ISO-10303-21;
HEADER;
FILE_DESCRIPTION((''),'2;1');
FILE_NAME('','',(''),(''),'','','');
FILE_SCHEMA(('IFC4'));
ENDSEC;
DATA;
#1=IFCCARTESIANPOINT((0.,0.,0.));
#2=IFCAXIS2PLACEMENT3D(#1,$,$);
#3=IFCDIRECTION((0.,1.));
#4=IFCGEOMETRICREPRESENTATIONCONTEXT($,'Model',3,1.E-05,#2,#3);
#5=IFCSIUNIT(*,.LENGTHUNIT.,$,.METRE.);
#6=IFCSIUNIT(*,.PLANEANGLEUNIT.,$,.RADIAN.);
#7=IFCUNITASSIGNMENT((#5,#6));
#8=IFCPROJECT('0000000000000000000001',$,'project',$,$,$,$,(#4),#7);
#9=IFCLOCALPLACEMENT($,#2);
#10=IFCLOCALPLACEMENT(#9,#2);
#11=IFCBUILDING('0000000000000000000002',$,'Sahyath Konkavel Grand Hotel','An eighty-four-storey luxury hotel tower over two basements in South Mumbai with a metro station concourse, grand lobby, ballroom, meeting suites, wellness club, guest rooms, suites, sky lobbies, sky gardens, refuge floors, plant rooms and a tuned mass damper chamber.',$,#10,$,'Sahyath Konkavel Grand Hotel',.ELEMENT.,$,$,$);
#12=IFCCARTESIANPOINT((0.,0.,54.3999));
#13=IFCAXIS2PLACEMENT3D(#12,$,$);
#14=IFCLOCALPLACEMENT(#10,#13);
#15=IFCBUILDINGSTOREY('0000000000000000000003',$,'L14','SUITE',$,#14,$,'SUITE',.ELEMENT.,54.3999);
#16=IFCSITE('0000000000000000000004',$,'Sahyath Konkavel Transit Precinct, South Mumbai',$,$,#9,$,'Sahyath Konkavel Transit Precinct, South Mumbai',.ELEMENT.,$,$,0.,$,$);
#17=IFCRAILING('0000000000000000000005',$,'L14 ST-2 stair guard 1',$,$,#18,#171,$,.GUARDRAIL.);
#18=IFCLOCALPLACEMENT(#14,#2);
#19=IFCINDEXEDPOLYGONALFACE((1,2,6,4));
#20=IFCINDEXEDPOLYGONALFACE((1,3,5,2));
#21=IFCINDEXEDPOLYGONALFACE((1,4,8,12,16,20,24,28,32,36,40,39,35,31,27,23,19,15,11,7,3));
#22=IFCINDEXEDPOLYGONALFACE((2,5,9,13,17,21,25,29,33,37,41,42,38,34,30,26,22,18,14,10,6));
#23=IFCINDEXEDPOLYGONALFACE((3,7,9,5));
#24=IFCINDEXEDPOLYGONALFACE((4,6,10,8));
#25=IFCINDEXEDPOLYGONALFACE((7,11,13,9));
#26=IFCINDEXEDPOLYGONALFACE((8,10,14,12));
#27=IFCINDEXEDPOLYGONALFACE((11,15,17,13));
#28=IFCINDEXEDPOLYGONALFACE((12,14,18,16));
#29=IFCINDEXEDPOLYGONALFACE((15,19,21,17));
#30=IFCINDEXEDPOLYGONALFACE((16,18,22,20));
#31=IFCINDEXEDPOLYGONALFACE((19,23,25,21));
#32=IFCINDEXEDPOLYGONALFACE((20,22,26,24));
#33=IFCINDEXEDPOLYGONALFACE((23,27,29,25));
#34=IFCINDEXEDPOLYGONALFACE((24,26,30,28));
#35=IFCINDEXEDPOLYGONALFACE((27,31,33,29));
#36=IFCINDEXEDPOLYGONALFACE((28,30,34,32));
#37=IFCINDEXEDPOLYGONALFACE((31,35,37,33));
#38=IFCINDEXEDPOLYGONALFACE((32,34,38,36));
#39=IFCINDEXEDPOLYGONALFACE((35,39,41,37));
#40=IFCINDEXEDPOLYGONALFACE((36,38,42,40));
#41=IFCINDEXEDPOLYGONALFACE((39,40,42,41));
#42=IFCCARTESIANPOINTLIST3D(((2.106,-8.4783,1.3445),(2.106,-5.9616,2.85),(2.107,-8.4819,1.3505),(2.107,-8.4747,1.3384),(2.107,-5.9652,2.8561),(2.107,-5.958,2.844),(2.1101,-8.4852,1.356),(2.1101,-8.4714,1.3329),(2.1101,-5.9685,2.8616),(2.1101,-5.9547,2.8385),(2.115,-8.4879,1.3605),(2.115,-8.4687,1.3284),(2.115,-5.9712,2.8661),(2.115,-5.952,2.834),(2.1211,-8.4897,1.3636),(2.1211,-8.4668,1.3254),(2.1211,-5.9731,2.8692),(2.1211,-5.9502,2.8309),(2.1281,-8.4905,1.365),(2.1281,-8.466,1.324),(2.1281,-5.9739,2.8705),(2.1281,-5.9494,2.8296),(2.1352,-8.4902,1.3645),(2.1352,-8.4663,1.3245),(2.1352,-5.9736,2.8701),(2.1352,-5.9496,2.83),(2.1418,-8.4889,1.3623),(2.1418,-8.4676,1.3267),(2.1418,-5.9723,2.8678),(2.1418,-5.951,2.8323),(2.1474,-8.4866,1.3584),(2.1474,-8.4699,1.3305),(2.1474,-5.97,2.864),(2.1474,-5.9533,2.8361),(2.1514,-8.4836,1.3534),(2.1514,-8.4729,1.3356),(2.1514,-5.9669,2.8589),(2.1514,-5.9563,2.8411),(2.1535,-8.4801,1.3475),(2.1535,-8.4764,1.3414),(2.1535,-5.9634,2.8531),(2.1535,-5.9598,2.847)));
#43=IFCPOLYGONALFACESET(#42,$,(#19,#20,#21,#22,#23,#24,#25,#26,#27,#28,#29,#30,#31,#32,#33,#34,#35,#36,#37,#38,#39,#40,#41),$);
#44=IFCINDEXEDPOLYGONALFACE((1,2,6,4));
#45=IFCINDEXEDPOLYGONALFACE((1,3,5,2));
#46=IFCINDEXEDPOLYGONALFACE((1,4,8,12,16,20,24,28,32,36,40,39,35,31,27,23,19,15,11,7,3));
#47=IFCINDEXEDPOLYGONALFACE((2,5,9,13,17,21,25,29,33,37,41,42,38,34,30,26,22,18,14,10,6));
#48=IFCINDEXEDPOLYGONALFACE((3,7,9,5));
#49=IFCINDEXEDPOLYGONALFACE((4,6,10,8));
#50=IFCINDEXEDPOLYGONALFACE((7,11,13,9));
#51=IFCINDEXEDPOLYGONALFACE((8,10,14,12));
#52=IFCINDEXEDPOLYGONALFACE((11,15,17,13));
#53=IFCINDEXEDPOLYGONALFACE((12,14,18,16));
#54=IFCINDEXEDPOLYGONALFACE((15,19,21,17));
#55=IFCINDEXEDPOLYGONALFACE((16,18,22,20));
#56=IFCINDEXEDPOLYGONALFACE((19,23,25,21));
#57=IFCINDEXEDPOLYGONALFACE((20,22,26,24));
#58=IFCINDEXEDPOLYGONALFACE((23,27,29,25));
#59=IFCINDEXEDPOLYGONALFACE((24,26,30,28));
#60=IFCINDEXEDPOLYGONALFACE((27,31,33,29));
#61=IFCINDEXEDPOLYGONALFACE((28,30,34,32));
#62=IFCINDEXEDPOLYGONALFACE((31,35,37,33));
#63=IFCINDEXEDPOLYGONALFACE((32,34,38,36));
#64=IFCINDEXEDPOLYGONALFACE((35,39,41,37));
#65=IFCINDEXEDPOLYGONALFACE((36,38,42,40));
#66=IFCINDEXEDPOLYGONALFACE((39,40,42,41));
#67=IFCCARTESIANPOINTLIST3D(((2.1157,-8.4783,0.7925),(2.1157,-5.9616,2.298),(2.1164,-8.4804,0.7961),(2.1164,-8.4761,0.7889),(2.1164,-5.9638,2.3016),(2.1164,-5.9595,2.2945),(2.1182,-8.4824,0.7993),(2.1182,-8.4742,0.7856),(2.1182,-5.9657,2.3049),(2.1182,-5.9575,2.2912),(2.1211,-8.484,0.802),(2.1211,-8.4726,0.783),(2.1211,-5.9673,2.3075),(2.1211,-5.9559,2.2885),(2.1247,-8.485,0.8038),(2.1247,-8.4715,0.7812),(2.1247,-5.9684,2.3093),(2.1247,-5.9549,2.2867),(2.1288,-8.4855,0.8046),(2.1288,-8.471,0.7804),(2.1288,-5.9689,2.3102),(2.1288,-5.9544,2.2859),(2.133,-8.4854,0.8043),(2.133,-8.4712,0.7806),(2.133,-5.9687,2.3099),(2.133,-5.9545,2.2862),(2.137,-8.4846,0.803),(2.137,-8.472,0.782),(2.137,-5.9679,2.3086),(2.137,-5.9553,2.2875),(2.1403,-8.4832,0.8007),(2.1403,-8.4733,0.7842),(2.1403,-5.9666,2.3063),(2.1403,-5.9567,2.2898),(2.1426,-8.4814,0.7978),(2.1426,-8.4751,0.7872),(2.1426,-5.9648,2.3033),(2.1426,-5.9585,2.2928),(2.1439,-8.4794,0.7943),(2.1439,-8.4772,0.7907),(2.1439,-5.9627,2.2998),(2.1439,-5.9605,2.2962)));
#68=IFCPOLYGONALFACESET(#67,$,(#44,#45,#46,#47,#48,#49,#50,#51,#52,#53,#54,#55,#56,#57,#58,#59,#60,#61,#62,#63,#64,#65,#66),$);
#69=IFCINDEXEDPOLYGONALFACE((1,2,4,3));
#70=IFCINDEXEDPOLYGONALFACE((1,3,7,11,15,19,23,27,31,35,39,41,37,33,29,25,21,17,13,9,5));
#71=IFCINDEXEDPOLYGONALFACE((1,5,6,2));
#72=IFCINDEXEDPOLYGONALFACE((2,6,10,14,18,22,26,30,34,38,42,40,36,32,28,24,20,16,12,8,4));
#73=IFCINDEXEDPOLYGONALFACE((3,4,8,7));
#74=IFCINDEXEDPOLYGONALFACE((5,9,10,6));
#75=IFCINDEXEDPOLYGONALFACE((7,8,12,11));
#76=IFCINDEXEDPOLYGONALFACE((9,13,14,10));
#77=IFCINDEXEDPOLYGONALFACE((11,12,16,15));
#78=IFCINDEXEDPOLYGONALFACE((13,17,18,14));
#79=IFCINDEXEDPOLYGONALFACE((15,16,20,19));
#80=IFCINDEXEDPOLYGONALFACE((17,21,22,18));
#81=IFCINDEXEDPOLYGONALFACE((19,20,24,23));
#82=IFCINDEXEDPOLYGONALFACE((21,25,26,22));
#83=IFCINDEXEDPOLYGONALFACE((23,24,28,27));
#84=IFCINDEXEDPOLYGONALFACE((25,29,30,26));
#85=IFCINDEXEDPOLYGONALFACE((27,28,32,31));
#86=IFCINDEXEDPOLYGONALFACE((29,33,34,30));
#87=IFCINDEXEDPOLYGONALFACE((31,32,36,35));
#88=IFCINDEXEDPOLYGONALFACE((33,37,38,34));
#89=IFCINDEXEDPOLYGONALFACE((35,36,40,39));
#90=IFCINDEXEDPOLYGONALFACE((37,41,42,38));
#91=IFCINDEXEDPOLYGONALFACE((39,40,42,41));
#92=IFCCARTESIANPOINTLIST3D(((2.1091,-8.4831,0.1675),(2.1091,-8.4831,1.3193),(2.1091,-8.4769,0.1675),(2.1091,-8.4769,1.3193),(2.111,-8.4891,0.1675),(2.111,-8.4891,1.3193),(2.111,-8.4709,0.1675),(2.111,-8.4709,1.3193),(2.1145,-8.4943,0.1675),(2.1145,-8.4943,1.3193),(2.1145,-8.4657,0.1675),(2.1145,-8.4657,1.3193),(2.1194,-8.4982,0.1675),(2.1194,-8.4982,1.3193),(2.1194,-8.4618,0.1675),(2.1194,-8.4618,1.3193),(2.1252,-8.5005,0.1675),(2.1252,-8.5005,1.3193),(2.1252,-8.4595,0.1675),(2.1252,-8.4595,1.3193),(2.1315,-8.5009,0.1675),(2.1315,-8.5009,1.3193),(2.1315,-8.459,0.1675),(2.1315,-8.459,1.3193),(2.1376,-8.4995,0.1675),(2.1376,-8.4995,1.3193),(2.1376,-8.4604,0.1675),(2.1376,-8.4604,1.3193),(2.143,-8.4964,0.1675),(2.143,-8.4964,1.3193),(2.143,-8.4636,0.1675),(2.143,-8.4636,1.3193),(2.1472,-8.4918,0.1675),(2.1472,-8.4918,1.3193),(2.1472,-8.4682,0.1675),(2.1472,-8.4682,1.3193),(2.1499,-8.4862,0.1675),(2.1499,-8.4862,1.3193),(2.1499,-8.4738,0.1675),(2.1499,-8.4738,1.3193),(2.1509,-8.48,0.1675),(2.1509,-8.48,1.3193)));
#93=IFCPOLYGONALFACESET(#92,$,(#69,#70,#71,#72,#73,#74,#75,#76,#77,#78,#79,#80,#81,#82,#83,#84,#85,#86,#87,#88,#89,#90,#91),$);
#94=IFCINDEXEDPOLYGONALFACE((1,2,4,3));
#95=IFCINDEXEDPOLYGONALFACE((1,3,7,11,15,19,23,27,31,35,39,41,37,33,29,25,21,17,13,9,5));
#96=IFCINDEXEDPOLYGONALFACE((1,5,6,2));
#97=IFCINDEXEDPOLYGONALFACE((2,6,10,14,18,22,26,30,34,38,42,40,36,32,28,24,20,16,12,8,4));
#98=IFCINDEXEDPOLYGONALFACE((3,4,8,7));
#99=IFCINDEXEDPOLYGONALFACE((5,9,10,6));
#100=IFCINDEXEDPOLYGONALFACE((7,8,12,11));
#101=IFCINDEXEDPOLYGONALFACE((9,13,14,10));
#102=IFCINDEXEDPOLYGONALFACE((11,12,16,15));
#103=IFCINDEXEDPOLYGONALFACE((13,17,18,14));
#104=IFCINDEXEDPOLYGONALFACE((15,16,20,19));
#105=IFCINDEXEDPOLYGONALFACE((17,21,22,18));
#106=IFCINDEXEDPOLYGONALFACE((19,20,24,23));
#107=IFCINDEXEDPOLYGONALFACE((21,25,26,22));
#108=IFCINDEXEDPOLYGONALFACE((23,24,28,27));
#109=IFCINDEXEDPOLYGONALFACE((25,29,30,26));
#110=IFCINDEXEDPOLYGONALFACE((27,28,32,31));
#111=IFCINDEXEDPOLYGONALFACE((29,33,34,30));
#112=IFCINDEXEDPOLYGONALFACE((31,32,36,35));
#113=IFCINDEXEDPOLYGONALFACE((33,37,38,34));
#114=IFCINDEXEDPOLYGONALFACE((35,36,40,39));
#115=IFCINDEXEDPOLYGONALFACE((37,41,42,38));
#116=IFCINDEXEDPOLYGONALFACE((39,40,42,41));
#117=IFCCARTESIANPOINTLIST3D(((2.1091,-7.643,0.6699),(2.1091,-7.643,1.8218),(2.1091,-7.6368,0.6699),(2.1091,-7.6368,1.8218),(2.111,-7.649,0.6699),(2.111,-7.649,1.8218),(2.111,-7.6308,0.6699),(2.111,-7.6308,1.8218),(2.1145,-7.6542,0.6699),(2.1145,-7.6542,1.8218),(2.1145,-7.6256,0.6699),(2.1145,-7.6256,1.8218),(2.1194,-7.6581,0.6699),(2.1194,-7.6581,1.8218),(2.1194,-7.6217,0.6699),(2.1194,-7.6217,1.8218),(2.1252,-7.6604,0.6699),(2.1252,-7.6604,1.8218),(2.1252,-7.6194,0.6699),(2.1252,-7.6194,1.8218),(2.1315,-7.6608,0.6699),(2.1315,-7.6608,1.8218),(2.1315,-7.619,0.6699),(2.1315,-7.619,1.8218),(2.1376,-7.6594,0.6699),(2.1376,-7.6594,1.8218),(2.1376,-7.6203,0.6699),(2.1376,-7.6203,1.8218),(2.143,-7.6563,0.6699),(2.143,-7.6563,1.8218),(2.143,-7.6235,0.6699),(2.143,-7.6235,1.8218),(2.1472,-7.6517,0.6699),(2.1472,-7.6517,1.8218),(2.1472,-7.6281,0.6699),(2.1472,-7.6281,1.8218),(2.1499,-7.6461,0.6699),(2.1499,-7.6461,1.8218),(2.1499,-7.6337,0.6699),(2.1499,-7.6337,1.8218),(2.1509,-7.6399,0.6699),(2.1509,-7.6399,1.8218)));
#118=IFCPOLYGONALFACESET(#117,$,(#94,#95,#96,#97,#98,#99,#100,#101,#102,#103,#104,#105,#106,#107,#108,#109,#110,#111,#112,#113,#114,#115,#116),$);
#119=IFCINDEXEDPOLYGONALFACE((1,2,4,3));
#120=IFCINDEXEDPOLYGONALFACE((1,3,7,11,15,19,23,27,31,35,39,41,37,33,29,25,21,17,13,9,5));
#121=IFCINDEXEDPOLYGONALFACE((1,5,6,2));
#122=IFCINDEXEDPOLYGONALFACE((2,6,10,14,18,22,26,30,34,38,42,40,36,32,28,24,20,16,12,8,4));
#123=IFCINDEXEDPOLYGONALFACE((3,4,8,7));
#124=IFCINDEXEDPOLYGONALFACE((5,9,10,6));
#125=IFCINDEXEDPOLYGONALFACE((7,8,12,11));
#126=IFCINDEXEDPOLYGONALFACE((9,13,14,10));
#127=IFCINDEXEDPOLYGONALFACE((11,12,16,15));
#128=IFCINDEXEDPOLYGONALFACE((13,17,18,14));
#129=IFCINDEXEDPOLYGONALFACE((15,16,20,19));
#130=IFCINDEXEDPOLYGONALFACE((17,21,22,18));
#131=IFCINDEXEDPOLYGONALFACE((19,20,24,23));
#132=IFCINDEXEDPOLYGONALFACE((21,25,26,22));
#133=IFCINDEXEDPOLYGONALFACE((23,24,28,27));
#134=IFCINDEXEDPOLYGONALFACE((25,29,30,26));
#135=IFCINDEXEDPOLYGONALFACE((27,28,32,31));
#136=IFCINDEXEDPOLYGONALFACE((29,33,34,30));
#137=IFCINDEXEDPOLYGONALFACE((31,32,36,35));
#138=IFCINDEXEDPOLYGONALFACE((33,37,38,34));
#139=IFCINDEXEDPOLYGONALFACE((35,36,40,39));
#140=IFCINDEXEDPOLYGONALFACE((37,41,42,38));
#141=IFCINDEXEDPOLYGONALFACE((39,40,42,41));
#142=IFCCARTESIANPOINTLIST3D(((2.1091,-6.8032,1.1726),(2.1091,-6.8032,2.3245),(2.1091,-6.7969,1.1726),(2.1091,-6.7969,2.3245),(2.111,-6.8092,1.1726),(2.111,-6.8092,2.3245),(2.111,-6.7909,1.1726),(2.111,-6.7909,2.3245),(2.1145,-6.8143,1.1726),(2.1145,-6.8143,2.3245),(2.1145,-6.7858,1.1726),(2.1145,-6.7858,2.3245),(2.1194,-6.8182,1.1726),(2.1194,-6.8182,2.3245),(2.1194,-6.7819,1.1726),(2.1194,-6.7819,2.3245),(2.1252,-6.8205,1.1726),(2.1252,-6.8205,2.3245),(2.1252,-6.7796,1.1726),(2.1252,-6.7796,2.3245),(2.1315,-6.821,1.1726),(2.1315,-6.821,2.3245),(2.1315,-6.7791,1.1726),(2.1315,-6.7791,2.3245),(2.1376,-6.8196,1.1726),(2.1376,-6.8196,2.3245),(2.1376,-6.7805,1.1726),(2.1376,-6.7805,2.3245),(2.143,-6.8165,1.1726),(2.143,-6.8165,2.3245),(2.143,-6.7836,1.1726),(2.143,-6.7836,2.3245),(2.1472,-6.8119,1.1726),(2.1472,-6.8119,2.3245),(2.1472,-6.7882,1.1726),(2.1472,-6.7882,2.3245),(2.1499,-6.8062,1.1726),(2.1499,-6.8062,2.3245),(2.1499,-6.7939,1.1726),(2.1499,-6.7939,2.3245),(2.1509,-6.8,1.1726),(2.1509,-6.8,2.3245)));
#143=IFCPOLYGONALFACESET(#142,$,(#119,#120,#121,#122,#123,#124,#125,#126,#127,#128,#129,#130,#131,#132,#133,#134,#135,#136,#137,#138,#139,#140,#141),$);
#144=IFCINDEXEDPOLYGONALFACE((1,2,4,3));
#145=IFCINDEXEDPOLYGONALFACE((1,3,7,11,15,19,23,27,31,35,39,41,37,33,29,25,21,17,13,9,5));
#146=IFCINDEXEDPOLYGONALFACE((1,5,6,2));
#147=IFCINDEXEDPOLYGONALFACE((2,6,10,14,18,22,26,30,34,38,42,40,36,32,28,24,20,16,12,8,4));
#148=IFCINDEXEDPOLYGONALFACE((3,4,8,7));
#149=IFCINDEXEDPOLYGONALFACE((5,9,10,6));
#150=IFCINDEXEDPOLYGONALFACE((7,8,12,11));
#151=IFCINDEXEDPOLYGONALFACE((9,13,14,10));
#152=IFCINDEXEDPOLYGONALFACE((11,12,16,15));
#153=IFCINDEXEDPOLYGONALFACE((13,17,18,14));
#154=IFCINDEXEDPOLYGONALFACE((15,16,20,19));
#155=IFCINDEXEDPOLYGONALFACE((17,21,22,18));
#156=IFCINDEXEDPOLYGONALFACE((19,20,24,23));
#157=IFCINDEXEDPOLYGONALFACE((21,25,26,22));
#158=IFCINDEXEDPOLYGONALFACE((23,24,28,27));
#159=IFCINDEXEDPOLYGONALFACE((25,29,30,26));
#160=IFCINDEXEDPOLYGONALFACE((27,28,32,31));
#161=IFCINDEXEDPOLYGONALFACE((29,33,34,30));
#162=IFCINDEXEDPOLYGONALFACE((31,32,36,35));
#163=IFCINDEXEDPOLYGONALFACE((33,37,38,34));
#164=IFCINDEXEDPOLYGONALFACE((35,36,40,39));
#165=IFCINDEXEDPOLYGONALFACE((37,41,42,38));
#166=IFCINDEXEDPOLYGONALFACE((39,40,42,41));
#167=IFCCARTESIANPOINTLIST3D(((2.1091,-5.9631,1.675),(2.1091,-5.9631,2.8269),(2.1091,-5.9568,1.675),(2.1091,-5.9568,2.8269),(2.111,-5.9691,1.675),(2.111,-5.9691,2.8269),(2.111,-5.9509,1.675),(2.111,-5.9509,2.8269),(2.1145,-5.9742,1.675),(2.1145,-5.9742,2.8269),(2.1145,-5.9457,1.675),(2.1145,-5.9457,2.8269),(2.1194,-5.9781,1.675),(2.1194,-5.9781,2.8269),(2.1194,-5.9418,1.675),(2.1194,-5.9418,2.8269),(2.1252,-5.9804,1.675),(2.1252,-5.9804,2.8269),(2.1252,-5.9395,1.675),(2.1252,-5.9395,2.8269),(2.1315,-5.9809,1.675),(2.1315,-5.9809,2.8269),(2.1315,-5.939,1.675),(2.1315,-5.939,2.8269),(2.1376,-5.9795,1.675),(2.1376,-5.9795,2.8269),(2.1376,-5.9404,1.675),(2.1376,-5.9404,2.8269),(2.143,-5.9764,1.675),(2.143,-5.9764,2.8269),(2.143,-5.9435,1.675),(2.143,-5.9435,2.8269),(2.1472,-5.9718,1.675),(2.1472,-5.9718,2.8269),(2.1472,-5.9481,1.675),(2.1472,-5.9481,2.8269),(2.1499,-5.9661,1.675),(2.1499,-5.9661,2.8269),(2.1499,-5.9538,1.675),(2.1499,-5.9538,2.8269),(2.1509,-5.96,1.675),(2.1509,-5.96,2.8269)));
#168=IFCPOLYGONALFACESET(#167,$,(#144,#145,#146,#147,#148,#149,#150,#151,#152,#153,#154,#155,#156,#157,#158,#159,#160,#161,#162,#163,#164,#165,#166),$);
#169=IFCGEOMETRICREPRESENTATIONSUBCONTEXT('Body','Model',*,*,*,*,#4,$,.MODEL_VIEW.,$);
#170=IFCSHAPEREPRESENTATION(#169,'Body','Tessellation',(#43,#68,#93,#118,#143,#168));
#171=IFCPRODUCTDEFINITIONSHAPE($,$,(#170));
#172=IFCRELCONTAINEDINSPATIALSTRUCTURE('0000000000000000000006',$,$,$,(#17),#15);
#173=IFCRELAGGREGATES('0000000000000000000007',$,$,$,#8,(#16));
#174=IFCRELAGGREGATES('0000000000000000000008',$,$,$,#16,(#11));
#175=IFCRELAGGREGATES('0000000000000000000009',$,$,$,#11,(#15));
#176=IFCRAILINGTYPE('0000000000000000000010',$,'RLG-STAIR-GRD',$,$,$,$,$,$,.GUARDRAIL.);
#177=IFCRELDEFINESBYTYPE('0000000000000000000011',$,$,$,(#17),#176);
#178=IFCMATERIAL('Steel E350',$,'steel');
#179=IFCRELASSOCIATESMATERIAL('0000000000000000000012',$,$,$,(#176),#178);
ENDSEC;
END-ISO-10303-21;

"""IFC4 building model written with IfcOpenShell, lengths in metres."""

from ifc_helpers import new_model, si_unit, direction, frame, origin, origin_2d, place, context, subcontext, project, spatial, circle, extrude, material, type_object, element, save


model = new_model("IFC4")

# Units and contexts
model_context = context("Model", 3, precision=1e-05, world=origin(), true_north=direction((0.0, 1.0)))
body_context = subcontext(model_context, "Body", "Model", "MODEL_VIEW")
ifc_project = project(units=[si_unit("LENGTHUNIT", "METRE"), si_unit("PLANEANGLEUNIT", "RADIAN")], contexts=[model_context])

# Site, building, storey
site_placement = place(None, origin())
site = spatial("IfcSite", under=ifc_project, at=site_placement, Name="Sahyath Konkavel Transit Precinct, South Mumbai", LongName="Sahyath Konkavel Transit Precinct, South Mumbai", CompositionType="ELEMENT", RefElevation=0.0)
building_placement = place(site_placement, origin())
building = spatial("IfcBuilding", under=site, at=building_placement, Name="Sahyath Konkavel Grand Hotel", Description="An eighty-four-storey luxury hotel tower over two basements in South Mumbai with a metro station concourse, grand lobby, ballroom, meeting suites, wellness club, guest rooms, suites, sky lobbies, sky gardens, refuge floors, plant rooms and a tuned mass damper chamber.", LongName="Sahyath Konkavel Grand Hotel", CompositionType="ELEMENT")
storey_placement = place(building_placement, frame((0.0, 0.0, 54.3999)))
storey = spatial("IfcBuildingStorey", under=building, at=storey_placement, Name="L14", Description="SUITE", LongName="SUITE", CompositionType="ELEMENT", Elevation=54.3999)

# Shared definitions
ifc_material_1 = material(Name="Steel E350", Category="steel")

# Railing
railing_type_1 = type_object("IfcRailingType", Name="RLG-STAIR-GRD", PredefinedType="GUARDRAIL", material=ifc_material_1)
railing_1_placement = place(storey_placement, frame((2.1299, -8.48, 0.1675)))
element("IfcRailing", 1, at=railing_1_placement, inside=storey, type_object=railing_type_1, Name="L14 ST-2 stair guard 1", PredefinedType="GUARDRAIL", context=body_context, shape_type="SweptSolid", body=[
    extrude(circle(Radius=0.0239, at=origin_2d()), frame((0.0, 0.0017, 1.177), z_axis=(0.0, 0.85816, 0.513383), x_axis=(-1.0, 0.0, 0.0)), (0.0, 0.0, 1.0), 2.9326),
    extrude(circle(Radius=0.0142, at=origin_2d()), frame((0.0, 0.0017, 0.625), z_axis=(0.0, 0.85816, 0.513383), x_axis=(-1.0, 0.0, 0.0)), (0.0, 0.0, 1.0), 2.9326),
    extrude(circle(Radius=0.021, at=origin_2d()), origin(), (0.0, 0.0, 1.0), 1.1519),
    extrude(circle(Radius=0.021, at=origin_2d()), frame((0.0, 0.8401, 0.5024)), (0.0, 0.0, 1.0), 1.1519),
    extrude(circle(Radius=0.021, at=origin_2d()), frame((0.0, 1.6799, 1.0051)), (0.0, 0.0, 1.0), 1.1519),
    extrude(circle(Radius=0.021, at=origin_2d()), frame((0.0, 2.52, 1.5076)), (0.0, 0.0, 1.0), 1.1519),
])

save(model, "model.ifc")
